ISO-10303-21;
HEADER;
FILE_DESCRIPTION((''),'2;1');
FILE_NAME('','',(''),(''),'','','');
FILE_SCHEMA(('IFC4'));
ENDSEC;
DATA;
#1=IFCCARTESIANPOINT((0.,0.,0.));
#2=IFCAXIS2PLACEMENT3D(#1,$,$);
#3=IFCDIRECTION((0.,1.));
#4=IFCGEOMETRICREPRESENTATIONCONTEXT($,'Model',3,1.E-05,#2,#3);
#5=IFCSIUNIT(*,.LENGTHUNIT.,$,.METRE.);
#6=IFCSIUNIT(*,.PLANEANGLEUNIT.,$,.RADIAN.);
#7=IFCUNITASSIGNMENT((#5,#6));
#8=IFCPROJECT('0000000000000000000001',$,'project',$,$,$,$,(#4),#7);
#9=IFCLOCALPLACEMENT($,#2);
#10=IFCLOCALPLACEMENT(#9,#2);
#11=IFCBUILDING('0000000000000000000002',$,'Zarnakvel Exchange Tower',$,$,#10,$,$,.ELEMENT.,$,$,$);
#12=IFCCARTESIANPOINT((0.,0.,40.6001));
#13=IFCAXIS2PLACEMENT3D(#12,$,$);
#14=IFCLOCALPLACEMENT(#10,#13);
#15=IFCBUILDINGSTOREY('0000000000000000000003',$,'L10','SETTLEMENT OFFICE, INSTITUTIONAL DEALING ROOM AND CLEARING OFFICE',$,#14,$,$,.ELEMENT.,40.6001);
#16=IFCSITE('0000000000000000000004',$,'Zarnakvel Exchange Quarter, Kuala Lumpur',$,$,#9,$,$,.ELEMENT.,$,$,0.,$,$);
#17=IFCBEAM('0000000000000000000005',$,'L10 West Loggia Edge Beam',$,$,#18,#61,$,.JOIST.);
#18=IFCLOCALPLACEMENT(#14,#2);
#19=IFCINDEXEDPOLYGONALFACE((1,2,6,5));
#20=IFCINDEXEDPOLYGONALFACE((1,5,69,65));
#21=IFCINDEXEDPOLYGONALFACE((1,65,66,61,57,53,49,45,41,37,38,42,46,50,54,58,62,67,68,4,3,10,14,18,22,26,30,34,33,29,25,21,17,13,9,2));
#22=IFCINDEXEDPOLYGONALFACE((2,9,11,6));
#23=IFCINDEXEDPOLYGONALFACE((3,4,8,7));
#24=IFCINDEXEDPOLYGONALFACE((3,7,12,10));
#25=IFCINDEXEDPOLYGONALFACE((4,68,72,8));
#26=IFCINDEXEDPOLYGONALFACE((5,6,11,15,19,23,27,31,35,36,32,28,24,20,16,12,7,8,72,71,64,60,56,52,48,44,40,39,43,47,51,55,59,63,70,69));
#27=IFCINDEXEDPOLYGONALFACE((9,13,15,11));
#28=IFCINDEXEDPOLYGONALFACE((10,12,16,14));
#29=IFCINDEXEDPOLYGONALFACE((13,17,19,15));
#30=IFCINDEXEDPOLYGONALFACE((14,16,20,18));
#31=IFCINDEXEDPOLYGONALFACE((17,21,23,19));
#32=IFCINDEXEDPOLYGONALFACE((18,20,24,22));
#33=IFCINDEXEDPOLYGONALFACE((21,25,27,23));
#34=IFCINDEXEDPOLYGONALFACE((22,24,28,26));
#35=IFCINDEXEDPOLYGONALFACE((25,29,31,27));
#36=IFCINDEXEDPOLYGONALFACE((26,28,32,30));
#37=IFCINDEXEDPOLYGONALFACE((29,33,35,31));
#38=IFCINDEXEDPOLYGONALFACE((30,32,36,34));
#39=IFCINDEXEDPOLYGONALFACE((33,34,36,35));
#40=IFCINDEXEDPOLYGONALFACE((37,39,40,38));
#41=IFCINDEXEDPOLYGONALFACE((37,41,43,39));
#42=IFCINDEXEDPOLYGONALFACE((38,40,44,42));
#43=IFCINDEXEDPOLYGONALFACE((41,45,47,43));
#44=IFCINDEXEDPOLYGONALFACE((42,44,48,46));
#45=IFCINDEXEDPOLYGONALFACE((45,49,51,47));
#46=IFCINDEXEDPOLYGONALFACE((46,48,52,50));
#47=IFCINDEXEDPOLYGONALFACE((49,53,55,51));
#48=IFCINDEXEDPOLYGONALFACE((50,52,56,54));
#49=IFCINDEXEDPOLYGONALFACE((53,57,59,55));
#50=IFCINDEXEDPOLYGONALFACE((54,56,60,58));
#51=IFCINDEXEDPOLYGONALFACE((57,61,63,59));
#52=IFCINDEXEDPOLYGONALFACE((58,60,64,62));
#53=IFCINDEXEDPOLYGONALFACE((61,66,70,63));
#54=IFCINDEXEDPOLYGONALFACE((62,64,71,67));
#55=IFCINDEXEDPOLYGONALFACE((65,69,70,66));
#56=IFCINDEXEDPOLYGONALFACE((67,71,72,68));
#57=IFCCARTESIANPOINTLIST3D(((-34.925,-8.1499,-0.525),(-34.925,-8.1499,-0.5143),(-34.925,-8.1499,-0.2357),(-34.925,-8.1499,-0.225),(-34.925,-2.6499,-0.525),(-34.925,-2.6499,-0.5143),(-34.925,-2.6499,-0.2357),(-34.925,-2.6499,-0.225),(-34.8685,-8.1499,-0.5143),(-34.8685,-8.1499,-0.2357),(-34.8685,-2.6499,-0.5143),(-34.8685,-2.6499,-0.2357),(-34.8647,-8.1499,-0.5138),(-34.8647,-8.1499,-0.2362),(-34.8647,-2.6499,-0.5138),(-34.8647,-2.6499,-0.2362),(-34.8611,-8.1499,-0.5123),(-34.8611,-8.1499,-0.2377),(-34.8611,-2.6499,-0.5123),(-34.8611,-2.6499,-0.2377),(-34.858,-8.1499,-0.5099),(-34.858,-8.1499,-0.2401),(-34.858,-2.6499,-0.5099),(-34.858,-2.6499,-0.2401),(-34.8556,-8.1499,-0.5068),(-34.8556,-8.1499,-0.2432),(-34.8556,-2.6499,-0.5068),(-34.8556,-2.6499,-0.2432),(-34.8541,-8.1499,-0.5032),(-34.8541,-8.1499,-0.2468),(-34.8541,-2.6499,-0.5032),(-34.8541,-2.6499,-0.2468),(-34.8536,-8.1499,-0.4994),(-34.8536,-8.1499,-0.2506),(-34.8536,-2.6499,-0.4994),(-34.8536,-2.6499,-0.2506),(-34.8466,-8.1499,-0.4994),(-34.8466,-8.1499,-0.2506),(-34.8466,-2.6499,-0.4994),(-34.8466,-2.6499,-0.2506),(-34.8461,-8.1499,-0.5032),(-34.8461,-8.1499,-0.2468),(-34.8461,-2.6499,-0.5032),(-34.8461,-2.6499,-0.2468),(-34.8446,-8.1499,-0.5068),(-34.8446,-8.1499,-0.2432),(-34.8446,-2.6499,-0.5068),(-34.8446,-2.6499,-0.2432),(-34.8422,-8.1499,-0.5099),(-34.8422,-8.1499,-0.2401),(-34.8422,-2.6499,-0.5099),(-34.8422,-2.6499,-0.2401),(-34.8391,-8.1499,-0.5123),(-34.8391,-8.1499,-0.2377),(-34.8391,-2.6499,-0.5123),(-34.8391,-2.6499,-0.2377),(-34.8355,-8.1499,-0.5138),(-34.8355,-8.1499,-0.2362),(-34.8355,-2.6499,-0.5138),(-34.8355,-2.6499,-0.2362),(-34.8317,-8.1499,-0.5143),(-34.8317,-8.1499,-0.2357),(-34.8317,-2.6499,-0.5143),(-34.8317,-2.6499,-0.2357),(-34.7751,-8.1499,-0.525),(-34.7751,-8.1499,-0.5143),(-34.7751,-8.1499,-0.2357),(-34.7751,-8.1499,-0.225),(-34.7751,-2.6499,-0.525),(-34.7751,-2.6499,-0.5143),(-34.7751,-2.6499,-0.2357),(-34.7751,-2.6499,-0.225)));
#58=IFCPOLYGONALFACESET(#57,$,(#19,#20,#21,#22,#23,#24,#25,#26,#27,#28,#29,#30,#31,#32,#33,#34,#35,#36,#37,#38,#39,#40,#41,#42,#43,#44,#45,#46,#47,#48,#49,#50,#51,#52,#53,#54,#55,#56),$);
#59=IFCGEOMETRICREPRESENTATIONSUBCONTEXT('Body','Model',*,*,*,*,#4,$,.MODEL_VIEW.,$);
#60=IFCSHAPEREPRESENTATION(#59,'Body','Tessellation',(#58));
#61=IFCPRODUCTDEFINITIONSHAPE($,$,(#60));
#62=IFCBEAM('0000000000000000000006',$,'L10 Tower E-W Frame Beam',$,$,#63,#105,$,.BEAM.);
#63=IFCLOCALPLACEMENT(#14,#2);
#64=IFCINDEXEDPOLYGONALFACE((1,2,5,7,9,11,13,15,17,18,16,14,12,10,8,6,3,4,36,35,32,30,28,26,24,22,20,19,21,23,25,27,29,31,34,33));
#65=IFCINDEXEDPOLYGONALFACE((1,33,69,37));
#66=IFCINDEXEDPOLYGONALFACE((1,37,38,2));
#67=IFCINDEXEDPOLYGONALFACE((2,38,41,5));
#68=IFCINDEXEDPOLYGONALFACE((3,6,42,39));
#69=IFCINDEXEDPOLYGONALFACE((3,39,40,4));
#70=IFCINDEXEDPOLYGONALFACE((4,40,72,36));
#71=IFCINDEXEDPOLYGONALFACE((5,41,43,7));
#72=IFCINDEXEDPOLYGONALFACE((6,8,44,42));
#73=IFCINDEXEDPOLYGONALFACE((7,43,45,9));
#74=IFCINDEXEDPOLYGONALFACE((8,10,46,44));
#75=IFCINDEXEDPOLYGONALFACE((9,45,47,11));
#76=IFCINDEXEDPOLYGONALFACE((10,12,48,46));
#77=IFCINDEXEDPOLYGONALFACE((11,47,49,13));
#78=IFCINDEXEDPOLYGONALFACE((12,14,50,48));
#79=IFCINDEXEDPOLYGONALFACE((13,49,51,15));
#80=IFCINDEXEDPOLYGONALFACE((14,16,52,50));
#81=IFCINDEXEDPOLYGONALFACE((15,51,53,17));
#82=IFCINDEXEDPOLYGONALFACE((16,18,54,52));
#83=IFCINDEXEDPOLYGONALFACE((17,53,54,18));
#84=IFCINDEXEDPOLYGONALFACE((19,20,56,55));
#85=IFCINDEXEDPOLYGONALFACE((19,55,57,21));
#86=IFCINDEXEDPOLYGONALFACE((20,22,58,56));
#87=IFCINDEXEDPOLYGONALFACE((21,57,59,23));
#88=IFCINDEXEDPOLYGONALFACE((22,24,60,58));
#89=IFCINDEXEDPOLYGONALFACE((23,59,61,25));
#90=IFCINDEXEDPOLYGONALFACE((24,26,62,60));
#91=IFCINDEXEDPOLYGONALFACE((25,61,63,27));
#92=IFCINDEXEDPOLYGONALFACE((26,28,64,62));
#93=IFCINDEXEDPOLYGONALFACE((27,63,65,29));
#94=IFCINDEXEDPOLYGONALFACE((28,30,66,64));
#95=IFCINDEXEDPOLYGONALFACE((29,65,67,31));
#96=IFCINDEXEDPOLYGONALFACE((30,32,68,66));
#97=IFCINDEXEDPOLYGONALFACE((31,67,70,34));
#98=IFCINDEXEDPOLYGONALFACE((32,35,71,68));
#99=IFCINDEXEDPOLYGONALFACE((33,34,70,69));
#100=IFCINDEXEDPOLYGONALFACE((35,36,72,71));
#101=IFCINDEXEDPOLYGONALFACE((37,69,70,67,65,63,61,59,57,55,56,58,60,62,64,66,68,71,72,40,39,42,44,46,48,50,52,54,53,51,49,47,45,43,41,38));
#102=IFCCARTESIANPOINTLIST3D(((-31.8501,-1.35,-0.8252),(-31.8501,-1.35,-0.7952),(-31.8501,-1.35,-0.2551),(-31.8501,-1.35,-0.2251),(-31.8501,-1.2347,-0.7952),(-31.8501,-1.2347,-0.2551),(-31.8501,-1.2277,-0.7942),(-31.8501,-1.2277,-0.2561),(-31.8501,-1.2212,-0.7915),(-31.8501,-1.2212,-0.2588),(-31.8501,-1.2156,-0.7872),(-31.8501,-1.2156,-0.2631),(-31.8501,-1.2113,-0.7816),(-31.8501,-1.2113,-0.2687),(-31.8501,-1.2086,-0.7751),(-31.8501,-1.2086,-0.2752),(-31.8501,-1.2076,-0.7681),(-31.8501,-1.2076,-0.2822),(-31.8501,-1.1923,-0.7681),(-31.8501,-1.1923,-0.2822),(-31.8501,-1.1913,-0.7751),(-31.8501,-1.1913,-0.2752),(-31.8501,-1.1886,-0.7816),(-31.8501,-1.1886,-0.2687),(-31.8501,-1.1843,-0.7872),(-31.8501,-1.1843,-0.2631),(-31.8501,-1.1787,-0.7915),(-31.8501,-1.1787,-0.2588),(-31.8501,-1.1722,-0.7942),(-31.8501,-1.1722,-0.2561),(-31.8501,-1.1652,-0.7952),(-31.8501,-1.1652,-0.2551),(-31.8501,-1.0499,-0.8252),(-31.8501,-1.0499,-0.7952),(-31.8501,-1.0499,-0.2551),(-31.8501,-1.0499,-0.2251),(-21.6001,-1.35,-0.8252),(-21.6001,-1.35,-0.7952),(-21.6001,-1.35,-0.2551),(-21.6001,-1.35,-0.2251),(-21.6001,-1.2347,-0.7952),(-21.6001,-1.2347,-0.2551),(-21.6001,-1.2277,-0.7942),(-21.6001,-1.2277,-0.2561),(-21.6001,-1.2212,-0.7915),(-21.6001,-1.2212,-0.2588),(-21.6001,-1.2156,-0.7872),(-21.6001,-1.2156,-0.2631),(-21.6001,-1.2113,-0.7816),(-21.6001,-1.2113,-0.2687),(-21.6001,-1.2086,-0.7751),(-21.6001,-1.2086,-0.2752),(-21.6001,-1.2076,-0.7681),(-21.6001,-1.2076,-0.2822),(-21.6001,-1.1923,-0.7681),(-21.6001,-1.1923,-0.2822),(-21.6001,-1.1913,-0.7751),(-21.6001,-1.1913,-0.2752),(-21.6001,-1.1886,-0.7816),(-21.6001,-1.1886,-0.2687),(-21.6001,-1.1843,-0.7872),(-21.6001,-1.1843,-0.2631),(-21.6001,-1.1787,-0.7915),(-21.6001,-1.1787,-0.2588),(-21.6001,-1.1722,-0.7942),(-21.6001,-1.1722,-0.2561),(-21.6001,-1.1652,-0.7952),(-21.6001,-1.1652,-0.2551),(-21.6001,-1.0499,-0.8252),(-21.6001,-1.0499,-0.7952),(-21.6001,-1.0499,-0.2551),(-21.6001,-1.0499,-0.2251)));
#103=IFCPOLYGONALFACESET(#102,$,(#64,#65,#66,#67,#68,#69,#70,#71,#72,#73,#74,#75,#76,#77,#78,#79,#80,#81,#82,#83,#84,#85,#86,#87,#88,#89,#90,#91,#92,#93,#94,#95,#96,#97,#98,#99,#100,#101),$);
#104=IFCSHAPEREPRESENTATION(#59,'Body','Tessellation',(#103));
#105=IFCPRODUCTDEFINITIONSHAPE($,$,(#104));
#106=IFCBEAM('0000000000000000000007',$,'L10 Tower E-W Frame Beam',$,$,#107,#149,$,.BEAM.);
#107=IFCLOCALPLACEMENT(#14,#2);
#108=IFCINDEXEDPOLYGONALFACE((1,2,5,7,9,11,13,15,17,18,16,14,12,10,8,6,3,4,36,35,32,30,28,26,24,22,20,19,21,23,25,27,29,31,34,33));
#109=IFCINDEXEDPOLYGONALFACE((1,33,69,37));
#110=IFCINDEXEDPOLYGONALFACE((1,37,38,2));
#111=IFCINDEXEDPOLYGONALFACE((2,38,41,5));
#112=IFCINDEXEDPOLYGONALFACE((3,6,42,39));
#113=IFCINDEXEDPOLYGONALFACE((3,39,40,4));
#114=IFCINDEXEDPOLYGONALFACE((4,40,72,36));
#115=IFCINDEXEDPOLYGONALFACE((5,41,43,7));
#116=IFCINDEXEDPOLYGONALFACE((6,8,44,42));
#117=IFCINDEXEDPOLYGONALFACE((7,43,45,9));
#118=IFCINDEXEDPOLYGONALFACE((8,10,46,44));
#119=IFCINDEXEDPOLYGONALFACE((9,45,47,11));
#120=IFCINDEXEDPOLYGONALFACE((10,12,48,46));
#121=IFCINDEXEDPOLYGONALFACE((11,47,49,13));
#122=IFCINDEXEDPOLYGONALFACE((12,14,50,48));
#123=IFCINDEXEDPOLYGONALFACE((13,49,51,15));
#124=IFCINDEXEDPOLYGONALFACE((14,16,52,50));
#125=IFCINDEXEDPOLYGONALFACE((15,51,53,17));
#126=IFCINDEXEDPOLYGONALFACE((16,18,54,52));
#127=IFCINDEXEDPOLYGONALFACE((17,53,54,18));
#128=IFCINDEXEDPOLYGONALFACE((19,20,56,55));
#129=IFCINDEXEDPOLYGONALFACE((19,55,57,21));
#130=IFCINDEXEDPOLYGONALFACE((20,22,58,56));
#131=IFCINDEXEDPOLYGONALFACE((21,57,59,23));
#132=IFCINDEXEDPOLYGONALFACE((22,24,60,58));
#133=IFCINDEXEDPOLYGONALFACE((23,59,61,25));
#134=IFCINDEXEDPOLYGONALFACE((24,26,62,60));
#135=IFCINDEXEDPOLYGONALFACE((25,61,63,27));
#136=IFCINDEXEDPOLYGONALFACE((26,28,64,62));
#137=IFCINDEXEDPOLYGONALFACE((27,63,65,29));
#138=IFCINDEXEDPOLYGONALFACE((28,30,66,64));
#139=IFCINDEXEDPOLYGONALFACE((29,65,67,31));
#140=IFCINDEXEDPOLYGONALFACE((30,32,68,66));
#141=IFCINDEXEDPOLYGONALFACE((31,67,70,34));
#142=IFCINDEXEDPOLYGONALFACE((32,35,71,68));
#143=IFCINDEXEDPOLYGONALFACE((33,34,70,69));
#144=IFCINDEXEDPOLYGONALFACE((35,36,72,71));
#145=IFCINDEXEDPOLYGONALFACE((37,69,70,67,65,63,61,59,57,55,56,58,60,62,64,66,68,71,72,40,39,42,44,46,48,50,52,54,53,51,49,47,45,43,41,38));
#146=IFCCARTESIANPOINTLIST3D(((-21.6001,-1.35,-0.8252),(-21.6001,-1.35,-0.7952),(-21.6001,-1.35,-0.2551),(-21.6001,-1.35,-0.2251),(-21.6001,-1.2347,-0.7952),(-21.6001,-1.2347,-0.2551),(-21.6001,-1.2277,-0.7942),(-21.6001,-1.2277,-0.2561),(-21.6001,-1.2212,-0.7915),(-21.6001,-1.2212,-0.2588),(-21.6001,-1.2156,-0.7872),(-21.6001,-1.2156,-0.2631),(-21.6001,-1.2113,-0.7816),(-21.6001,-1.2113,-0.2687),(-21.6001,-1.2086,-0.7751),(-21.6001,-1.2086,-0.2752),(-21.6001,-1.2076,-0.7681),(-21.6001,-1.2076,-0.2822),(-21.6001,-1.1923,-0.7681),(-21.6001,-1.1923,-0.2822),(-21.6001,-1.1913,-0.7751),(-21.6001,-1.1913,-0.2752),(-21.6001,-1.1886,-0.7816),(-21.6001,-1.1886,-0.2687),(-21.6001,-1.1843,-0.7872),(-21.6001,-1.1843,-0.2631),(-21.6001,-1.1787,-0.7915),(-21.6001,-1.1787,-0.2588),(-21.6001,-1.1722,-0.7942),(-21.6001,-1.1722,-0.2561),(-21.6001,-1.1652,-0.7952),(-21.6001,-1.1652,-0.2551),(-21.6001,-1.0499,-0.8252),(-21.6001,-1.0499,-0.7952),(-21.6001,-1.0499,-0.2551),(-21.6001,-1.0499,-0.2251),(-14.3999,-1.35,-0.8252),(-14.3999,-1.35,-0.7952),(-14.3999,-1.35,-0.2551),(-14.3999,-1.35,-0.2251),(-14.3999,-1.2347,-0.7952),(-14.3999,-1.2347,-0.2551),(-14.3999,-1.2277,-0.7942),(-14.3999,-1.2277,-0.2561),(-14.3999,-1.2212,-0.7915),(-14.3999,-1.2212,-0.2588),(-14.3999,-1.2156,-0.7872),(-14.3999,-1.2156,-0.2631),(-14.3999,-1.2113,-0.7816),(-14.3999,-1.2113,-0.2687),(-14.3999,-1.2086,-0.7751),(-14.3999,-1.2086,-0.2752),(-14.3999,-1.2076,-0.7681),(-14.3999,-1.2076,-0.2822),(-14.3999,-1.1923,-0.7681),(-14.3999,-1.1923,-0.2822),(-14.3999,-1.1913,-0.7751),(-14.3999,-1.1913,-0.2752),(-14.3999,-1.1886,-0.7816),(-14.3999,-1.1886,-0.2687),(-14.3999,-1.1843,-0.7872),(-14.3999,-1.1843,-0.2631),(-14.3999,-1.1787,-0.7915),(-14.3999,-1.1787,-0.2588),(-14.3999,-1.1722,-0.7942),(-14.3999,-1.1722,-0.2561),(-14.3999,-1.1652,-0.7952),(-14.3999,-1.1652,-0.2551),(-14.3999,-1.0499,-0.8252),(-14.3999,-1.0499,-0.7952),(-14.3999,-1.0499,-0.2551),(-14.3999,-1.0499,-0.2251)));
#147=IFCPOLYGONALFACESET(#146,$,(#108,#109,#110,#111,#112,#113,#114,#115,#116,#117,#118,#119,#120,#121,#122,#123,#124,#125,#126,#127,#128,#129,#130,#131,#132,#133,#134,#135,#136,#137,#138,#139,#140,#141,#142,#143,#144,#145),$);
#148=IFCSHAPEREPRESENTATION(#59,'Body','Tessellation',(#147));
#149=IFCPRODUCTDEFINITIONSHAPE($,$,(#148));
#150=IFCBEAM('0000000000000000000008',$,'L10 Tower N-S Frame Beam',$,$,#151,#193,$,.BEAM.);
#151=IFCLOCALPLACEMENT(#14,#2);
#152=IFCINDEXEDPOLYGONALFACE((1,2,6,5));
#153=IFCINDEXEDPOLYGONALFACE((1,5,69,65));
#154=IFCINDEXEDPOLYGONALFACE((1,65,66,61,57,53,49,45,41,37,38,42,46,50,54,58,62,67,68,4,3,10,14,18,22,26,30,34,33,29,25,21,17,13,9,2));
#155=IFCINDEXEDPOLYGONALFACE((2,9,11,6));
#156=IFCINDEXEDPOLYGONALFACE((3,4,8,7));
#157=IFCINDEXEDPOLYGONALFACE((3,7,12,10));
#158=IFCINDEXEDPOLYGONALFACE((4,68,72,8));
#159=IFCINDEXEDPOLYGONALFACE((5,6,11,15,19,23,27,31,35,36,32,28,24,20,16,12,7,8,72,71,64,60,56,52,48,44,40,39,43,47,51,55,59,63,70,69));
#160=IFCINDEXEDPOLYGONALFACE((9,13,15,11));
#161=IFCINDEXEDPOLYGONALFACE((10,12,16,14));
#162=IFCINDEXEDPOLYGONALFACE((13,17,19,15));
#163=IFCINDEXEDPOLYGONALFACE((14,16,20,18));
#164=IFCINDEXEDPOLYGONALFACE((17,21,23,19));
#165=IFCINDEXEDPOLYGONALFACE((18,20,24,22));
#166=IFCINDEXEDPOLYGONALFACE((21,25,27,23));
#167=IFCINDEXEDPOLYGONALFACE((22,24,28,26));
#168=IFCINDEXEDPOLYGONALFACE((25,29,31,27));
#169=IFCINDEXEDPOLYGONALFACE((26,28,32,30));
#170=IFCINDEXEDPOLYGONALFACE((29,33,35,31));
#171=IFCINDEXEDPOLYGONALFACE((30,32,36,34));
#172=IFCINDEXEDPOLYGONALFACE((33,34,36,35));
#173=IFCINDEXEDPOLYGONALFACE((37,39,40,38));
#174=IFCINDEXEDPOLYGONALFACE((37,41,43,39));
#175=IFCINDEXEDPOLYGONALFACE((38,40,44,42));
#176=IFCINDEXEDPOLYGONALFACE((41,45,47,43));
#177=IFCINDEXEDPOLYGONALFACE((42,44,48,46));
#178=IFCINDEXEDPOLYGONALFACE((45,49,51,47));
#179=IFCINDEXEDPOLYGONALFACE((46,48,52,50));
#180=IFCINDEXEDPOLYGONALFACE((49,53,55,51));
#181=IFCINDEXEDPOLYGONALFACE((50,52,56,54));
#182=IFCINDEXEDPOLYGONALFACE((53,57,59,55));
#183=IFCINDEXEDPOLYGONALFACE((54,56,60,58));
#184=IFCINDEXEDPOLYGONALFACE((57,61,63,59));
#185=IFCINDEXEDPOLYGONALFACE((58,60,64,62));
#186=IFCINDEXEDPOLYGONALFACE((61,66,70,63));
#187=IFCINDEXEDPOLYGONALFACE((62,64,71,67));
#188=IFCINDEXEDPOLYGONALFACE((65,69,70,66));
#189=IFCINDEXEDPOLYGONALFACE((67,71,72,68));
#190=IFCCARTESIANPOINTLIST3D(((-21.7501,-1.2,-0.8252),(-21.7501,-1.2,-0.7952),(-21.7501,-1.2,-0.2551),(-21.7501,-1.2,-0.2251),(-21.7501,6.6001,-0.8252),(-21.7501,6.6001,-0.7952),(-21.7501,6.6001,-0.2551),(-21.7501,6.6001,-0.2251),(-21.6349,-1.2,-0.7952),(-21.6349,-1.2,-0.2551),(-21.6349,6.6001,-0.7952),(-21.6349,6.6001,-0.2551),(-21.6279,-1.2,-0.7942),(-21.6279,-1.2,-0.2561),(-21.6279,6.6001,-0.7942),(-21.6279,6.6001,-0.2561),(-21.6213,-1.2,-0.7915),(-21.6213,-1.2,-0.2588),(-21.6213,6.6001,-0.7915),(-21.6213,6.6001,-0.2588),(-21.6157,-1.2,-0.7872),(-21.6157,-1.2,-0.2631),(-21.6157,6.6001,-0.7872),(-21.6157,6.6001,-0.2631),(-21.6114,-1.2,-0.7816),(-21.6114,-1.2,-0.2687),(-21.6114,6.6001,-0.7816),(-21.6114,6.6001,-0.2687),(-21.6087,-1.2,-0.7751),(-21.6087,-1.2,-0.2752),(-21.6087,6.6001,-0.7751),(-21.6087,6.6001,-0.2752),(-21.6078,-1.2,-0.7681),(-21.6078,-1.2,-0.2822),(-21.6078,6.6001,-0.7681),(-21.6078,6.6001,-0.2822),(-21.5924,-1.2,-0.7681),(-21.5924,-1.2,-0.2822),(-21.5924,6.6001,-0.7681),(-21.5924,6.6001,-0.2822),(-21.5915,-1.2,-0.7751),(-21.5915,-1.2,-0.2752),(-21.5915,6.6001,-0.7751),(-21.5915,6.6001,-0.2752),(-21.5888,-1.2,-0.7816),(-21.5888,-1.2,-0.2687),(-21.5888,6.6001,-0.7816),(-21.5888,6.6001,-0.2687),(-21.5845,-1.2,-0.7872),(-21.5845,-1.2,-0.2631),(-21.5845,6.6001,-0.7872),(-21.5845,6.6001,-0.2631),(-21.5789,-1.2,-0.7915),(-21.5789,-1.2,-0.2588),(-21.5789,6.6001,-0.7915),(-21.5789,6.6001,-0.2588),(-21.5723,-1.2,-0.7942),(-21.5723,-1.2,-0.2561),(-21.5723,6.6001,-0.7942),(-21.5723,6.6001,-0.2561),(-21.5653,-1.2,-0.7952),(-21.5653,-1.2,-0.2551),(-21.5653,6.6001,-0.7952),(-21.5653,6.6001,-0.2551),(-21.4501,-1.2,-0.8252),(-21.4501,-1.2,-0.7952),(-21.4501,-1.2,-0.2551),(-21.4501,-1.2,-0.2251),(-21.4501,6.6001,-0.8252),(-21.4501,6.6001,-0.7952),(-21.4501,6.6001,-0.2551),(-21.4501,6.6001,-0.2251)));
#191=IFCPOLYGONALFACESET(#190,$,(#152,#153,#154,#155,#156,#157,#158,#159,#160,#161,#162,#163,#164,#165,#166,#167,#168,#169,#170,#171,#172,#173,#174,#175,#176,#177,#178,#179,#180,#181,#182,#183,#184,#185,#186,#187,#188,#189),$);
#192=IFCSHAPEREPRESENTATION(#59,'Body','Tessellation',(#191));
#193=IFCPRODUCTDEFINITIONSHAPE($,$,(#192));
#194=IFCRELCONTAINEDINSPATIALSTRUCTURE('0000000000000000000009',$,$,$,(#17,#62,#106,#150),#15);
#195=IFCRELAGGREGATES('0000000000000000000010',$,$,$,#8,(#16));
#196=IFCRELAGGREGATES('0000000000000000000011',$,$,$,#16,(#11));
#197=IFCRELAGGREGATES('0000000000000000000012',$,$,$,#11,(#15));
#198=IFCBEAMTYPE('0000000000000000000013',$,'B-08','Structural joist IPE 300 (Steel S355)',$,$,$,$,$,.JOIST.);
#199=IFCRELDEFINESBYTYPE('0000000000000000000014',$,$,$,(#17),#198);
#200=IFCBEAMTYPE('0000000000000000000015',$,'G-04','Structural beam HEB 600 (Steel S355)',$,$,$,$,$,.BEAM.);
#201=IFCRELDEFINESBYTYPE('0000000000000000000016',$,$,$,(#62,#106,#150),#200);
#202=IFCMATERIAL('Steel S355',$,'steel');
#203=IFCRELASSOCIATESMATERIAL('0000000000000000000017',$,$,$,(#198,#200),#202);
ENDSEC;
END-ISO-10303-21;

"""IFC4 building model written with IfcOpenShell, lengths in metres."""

from ifc_helpers import new_model, si_unit, direction, frame, origin, origin_2d, place, context, subcontext, project, spatial, i_section, extrude, material, material_profile, profile_set, type_object, element, save


model = new_model("IFC4")

# Units and contexts
model_context = context("Model", 3, precision=1e-05, world=origin(), true_north=direction((0.0, 1.0)))
body_context = subcontext(model_context, "Body", "Model", "MODEL_VIEW")
ifc_project = project(units=[si_unit("LENGTHUNIT", "METRE"), si_unit("PLANEANGLEUNIT", "RADIAN")], contexts=[model_context])

# Site, building, storey
site_placement = place(None, origin())
site = spatial("IfcSite", under=ifc_project, at=site_placement, Name="Zarnakvel Exchange Quarter, Kuala Lumpur", CompositionType="ELEMENT", RefElevation=0.0)
building_placement = place(site_placement, origin())
building = spatial("IfcBuilding", under=site, at=building_placement, Name="Zarnakvel Exchange Tower", CompositionType="ELEMENT")
storey_placement = place(building_placement, frame((0.0, 0.0, 40.6001)))
storey = spatial("IfcBuildingStorey", under=building, at=storey_placement, Name="L10", Description="SETTLEMENT OFFICE, INSTITUTIONAL DEALING ROOM AND CLEARING OFFICE", CompositionType="ELEMENT", Elevation=40.6001)

# Shared definitions
ifc_material_1 = material(Name="Steel S355", Category="steel")

# Beams
ifc_material_profile_1 = material_profile(ifc_material_1, i_section(OverallWidth=0.1499, OverallDepth=0.3, WebThickness=0.0071, FlangeThickness=0.0107, FilletRadius=0.0149, at=origin_2d()))
ifc_profile_set_1 = profile_set([ifc_material_profile_1], Name="Steel S355")
beam_type_1 = type_object("IfcBeamType", Name="B-08", Description="Structural joist IPE 300 (Steel S355)", PredefinedType="JOIST", material=ifc_profile_set_1)
beam_1_placement = place(storey_placement, frame((-34.8501, -8.1499, -0.375), z_axis=(0.0, 1.0, 0.0), x_axis=(-1.0, 0.0, 0.0)))
element("IfcBeam", 1, at=beam_1_placement, inside=storey, type_object=beam_type_1, Name="L10 West Loggia Edge Beam", PredefinedType="JOIST", context=body_context, shape_type="SweptSolid", body=[
    extrude(i_section(OverallWidth=0.1499, OverallDepth=0.3, WebThickness=0.0071, FlangeThickness=0.0107, FilletRadius=0.0149, at=origin_2d()), origin(), (0.0, 0.0, 1.0), 5.5),
])
ifc_material_profile_2 = material_profile(ifc_material_1, i_section(OverallWidth=0.3, OverallDepth=0.6001, WebThickness=0.0154, FlangeThickness=0.03, FilletRadius=0.0271, at=origin_2d()))
ifc_profile_set_2 = profile_set([ifc_material_profile_2], Name="Steel S355")
beam_type_2 = type_object("IfcBeamType", Name="G-04", Description="Structural beam HEB 600 (Steel S355)", PredefinedType="BEAM", material=ifc_profile_set_2)
beam_2_placement = place(storey_placement, frame((-31.8501, -1.2, -0.5251), z_axis=(1.0, 0.0, 0.0), x_axis=(0.0, 1.0, 0.0)))
element("IfcBeam", 2, at=beam_2_placement, inside=storey, type_object=beam_type_2, Name="L10 Tower E-W Frame Beam", PredefinedType="BEAM", context=body_context, shape_type="SweptSolid", body=[
    extrude(i_section(OverallWidth=0.3, OverallDepth=0.6001, WebThickness=0.0154, FlangeThickness=0.03, FilletRadius=0.0271, at=origin_2d()), origin(), (0.0, 0.0, 1.0), 10.25),
])
beam_3_placement = place(storey_placement, frame((-21.6001, -1.2, -0.5251), z_axis=(1.0, 0.0, 0.0), x_axis=(0.0, 1.0, 0.0)))
element("IfcBeam", 3, at=beam_3_placement, inside=storey, type_object=beam_type_2, Name="L10 Tower E-W Frame Beam", PredefinedType="BEAM", context=body_context, shape_type="SweptSolid", body=[
    extrude(i_section(OverallWidth=0.3, OverallDepth=0.6001, WebThickness=0.0154, FlangeThickness=0.03, FilletRadius=0.0271, at=origin_2d()), origin(), (0.0, 0.0, 1.0), 7.2002),
])
beam_4_placement = place(storey_placement, frame((-21.6001, -1.2, -0.5251), z_axis=(0.0, 1.0, 0.0), x_axis=(-1.0, 0.0, 0.0)))
element("IfcBeam", 4, at=beam_4_placement, inside=storey, type_object=beam_type_2, Name="L10 Tower N-S Frame Beam", PredefinedType="BEAM", context=body_context, shape_type="SweptSolid", body=[
    extrude(i_section(OverallWidth=0.3, OverallDepth=0.6001, WebThickness=0.0154, FlangeThickness=0.03, FilletRadius=0.0271, at=origin_2d()), origin(), (0.0, 0.0, 1.0), 7.8),
])

save(model, "model.ifc")
